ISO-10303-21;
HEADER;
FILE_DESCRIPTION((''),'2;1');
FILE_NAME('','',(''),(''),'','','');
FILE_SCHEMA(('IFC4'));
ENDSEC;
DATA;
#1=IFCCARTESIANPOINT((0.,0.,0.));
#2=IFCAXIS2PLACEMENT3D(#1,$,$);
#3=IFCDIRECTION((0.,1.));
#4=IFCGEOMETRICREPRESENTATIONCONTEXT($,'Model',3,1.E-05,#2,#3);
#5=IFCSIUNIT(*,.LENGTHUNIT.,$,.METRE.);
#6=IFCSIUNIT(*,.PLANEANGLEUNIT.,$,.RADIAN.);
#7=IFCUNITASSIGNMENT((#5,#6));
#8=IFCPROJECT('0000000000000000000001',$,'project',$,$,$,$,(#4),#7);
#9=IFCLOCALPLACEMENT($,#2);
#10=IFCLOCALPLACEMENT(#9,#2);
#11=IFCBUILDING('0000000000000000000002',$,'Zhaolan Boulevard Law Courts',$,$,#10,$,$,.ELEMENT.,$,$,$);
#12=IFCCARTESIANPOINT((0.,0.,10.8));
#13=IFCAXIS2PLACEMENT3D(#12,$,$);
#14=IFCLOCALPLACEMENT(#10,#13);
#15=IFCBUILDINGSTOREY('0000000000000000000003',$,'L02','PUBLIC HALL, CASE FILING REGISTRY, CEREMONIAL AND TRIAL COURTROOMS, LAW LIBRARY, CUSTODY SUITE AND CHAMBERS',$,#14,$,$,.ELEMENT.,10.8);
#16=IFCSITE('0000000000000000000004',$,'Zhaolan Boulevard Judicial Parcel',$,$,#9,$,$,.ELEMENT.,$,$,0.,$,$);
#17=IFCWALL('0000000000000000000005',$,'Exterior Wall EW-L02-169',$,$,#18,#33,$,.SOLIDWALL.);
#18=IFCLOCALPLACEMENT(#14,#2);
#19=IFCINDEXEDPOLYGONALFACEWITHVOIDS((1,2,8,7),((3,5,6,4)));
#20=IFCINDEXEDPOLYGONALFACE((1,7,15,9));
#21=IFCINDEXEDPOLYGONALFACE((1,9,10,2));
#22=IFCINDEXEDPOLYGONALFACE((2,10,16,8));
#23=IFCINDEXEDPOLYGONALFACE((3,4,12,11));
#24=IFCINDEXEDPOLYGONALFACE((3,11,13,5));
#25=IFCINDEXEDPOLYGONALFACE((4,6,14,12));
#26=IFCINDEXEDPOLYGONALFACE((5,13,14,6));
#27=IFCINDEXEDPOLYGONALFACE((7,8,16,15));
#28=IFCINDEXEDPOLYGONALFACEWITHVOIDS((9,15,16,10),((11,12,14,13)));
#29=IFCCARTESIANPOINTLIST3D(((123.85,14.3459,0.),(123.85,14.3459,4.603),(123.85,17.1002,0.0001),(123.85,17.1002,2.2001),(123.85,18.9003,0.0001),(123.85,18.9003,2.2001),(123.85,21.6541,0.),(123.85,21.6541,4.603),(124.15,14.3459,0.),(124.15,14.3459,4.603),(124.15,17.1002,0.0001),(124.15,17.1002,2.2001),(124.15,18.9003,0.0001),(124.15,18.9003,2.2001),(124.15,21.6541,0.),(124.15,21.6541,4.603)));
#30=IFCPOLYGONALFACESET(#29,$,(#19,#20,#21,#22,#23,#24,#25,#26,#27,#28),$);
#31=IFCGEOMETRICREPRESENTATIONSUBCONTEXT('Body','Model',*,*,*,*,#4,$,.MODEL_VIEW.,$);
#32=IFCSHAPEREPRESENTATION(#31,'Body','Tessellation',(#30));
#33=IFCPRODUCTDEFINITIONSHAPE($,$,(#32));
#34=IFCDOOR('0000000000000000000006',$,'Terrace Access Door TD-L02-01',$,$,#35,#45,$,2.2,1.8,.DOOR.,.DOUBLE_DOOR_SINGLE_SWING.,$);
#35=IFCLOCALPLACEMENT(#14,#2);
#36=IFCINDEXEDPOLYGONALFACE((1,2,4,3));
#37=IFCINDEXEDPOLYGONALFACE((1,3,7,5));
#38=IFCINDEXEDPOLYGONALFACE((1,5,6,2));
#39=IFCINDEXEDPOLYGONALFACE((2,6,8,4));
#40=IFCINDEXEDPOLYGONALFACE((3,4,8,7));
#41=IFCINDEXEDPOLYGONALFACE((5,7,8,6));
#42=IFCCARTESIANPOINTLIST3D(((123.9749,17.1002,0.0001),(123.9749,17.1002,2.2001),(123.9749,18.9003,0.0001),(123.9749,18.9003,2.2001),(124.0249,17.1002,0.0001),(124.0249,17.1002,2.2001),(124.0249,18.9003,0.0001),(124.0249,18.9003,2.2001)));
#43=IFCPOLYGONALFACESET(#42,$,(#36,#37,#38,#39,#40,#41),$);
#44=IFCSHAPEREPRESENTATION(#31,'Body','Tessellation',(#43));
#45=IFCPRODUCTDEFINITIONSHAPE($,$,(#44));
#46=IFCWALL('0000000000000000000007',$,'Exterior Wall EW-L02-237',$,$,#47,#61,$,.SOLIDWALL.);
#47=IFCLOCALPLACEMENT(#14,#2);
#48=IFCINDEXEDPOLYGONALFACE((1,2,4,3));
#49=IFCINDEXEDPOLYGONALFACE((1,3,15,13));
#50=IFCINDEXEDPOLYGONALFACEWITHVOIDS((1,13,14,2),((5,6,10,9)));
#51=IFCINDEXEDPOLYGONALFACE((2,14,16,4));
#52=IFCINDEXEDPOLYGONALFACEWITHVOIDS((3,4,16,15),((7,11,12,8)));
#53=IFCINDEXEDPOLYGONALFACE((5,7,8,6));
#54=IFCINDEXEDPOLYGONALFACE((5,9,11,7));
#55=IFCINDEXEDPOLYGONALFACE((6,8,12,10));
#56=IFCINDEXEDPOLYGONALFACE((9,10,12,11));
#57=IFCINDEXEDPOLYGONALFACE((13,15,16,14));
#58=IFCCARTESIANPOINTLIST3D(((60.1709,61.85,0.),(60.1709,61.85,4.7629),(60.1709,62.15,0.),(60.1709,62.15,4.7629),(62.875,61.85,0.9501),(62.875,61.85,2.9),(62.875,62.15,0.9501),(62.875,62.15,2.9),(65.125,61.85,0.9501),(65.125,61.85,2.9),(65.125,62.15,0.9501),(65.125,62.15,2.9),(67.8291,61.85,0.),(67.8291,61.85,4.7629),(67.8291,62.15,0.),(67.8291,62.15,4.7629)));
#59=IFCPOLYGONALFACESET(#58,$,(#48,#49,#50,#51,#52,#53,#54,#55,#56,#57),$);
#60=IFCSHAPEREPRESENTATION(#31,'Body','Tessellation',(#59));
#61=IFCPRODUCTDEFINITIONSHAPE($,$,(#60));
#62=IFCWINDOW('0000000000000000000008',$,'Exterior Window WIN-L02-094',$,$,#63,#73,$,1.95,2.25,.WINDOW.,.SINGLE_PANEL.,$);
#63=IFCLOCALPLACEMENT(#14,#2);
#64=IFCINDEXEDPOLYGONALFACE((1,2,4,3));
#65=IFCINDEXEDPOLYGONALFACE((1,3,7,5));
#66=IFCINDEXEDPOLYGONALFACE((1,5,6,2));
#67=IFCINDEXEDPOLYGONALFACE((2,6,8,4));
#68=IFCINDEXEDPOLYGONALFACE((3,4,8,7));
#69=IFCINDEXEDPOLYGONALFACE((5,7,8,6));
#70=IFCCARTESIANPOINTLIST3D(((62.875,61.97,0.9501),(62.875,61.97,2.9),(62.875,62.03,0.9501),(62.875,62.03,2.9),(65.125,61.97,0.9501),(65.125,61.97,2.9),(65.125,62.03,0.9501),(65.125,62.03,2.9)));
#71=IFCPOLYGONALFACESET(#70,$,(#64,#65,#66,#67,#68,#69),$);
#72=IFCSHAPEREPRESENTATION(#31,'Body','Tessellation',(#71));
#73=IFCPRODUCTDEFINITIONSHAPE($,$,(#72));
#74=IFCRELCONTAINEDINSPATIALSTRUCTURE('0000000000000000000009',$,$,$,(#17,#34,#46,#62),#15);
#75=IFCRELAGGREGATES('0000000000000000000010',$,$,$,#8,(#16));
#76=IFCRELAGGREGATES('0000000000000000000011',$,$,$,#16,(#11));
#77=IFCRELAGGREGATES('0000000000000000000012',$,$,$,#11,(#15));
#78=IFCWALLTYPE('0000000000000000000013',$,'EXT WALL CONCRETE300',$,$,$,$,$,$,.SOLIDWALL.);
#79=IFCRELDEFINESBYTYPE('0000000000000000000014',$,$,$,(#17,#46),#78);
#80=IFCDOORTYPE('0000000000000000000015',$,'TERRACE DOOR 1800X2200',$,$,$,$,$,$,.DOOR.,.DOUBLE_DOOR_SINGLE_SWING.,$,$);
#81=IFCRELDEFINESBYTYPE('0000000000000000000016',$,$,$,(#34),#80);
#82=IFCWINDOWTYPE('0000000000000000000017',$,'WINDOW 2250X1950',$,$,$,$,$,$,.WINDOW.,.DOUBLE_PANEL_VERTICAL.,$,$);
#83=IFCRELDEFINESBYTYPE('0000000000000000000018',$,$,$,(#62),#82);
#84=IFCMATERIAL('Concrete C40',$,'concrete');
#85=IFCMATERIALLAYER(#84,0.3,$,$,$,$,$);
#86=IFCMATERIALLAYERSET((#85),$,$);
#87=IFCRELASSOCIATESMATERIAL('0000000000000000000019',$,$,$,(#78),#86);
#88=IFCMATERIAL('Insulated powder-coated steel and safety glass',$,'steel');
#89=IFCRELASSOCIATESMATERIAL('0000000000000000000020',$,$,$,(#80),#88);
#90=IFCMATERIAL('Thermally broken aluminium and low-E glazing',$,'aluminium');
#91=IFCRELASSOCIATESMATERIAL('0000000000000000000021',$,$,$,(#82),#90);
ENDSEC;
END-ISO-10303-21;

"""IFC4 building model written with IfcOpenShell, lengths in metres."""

from ifc_helpers import new_model, si_unit, direction, frame, frame_2d, origin, place, context, subcontext, project, spatial, rectangle, extrude, material, layer, layer_set, type_object, element, fill, save


model = new_model("IFC4")

# Units and contexts
model_context = context("Model", 3, precision=1e-05, world=origin(), true_north=direction((0.0, 1.0)))
body_context = subcontext(model_context, "Body", "Model", "MODEL_VIEW")
ifc_project = project(units=[si_unit("LENGTHUNIT", "METRE"), si_unit("PLANEANGLEUNIT", "RADIAN")], contexts=[model_context])

# Site, building, storey
site_placement = place(None, origin())
site = spatial("IfcSite", under=ifc_project, at=site_placement, Name="Zhaolan Boulevard Judicial Parcel", CompositionType="ELEMENT", RefElevation=0.0)
building_placement = place(site_placement, origin())
building = spatial("IfcBuilding", under=site, at=building_placement, Name="Zhaolan Boulevard Law Courts", CompositionType="ELEMENT")
storey_placement = place(building_placement, frame((0.0, 0.0, 10.8)))
storey = spatial("IfcBuildingStorey", under=building, at=storey_placement, Name="L02", Description="PUBLIC HALL, CASE FILING REGISTRY, CEREMONIAL AND TRIAL COURTROOMS, LAW LIBRARY, CUSTODY SUITE AND CHAMBERS", CompositionType="ELEMENT", Elevation=10.8)

# Shared definitions
ifc_material_1 = material(Name="Concrete C40", Category="concrete")
ifc_layer_1 = layer(ifc_material_1, 0.3)
ifc_layer_set_1 = layer_set([ifc_layer_1])
wall_type_1 = type_object("IfcWallType", Name="EXT WALL CONCRETE300", PredefinedType="SOLIDWALL", material=ifc_layer_set_1)

# Wall, opening, door
wall_1_placement = place(storey_placement, frame((124.0, 21.6541, 0.0), z_axis=(0.0, 0.0, 1.0), x_axis=(0.0, -1.0, 0.0)))
wall_1 = element("IfcWall", 1, at=wall_1_placement, inside=storey, type_object=wall_type_1, Name="Exterior Wall EW-L02-169", PredefinedType="SOLIDWALL", context=body_context, shape_type="SweptSolid", body=[
    extrude(rectangle(XDim=7.3081, YDim=0.3, at=frame_2d((3.6541, 0.0))), origin(), (0.0, 0.0, 1.0), 4.603),
])
opening_1_placement = place(wall_1_placement, frame((2.7539, 0.0, 0.0)))
opening_1 = element("IfcOpeningElement", 2, at=opening_1_placement, cuts=wall_1, PredefinedType="OPENING", context=body_context, shape_type="SweptSolid", body=[
    extrude(rectangle(XDim=1.8, YDim=2.2, at=frame_2d((0.8999, 1.1001))), frame((0.0, 0.1599, 0.0), z_axis=(0.0, -1.0, 0.0), x_axis=(1.0, 0.0, 0.0)), (0.0, 0.0, 1.0), 0.3201),
])
ifc_material_2 = material(Name="Insulated powder-coated steel and safety glass", Category="steel")
door_type = type_object("IfcDoorType", Name="TERRACE DOOR 1800X2200", OperationType="DOUBLE_DOOR_SINGLE_SWING", PredefinedType="DOOR", material=ifc_material_2)
door_placement = place(opening_1_placement, origin())
door = element("IfcDoor", 3, at=door_placement, inside=storey, type_object=door_type, Name="Terrace Access Door TD-L02-01", OperationType="DOUBLE_DOOR_SINGLE_SWING", OverallHeight=2.2, OverallWidth=1.8, PredefinedType="DOOR", context=body_context, shape_type="SweptSolid", body=[
    extrude(rectangle(XDim=1.8, YDim=2.2, at=frame_2d((0.8999, 1.1001))), frame((0.0, 0.0249, 0.0), z_axis=(0.0, -1.0, 0.0), x_axis=(1.0, 0.0, 0.0)), (0.0, 0.0, 1.0), 0.05),
])
fill(opening_1, door)

# Wall, opening, window
wall_2_placement = place(storey_placement, frame((60.1709, 62.0, 0.0), z_axis=(0.0, 0.0, 1.0), x_axis=(1.0, 0.0, 0.0)))
wall_2 = element("IfcWall", 4, at=wall_2_placement, inside=storey, type_object=wall_type_1, Name="Exterior Wall EW-L02-237", PredefinedType="SOLIDWALL", context=body_context, shape_type="SweptSolid", body=[
    extrude(rectangle(XDim=7.6582, YDim=0.3, at=frame_2d((3.8291, 0.0))), origin(), (0.0, 0.0, 1.0), 4.7629),
])
opening_2_placement = place(wall_2_placement, frame((2.7041, 0.0, 0.95)))
opening_2 = element("IfcOpeningElement", 5, at=opening_2_placement, cuts=wall_2, PredefinedType="OPENING", context=body_context, shape_type="SweptSolid", body=[
    extrude(rectangle(XDim=2.25, YDim=1.95, at=frame_2d((1.125, 0.9751))), frame((0.0, 0.1599, 0.0), z_axis=(0.0, -1.0, 0.0), x_axis=(1.0, 0.0, 0.0)), (0.0, 0.0, 1.0), 0.3201),
])
ifc_material_3 = material(Name="Thermally broken aluminium and low-E glazing", Category="aluminium")
window_type_1 = type_object("IfcWindowType", Name="WINDOW 2250X1950", PartitioningType="DOUBLE_PANEL_VERTICAL", PredefinedType="WINDOW", material=ifc_material_3)
window_1_placement = place(opening_2_placement, origin())
window_1 = element("IfcWindow", 6, at=window_1_placement, inside=storey, type_object=window_type_1, Name="Exterior Window WIN-L02-094", OverallHeight=1.95, OverallWidth=2.25, PartitioningType="SINGLE_PANEL", PredefinedType="WINDOW", context=body_context, shape_type="SweptSolid", body=[
    extrude(rectangle(XDim=2.25, YDim=1.95, at=frame_2d((1.125, 0.9751))), frame((0.0, 0.03, 0.0), z_axis=(0.0, -1.0, 0.0), x_axis=(1.0, 0.0, 0.0)), (0.0, 0.0, 1.0), 0.0601),
])
fill(opening_2, window_1)

save(model, "model.ifc")
